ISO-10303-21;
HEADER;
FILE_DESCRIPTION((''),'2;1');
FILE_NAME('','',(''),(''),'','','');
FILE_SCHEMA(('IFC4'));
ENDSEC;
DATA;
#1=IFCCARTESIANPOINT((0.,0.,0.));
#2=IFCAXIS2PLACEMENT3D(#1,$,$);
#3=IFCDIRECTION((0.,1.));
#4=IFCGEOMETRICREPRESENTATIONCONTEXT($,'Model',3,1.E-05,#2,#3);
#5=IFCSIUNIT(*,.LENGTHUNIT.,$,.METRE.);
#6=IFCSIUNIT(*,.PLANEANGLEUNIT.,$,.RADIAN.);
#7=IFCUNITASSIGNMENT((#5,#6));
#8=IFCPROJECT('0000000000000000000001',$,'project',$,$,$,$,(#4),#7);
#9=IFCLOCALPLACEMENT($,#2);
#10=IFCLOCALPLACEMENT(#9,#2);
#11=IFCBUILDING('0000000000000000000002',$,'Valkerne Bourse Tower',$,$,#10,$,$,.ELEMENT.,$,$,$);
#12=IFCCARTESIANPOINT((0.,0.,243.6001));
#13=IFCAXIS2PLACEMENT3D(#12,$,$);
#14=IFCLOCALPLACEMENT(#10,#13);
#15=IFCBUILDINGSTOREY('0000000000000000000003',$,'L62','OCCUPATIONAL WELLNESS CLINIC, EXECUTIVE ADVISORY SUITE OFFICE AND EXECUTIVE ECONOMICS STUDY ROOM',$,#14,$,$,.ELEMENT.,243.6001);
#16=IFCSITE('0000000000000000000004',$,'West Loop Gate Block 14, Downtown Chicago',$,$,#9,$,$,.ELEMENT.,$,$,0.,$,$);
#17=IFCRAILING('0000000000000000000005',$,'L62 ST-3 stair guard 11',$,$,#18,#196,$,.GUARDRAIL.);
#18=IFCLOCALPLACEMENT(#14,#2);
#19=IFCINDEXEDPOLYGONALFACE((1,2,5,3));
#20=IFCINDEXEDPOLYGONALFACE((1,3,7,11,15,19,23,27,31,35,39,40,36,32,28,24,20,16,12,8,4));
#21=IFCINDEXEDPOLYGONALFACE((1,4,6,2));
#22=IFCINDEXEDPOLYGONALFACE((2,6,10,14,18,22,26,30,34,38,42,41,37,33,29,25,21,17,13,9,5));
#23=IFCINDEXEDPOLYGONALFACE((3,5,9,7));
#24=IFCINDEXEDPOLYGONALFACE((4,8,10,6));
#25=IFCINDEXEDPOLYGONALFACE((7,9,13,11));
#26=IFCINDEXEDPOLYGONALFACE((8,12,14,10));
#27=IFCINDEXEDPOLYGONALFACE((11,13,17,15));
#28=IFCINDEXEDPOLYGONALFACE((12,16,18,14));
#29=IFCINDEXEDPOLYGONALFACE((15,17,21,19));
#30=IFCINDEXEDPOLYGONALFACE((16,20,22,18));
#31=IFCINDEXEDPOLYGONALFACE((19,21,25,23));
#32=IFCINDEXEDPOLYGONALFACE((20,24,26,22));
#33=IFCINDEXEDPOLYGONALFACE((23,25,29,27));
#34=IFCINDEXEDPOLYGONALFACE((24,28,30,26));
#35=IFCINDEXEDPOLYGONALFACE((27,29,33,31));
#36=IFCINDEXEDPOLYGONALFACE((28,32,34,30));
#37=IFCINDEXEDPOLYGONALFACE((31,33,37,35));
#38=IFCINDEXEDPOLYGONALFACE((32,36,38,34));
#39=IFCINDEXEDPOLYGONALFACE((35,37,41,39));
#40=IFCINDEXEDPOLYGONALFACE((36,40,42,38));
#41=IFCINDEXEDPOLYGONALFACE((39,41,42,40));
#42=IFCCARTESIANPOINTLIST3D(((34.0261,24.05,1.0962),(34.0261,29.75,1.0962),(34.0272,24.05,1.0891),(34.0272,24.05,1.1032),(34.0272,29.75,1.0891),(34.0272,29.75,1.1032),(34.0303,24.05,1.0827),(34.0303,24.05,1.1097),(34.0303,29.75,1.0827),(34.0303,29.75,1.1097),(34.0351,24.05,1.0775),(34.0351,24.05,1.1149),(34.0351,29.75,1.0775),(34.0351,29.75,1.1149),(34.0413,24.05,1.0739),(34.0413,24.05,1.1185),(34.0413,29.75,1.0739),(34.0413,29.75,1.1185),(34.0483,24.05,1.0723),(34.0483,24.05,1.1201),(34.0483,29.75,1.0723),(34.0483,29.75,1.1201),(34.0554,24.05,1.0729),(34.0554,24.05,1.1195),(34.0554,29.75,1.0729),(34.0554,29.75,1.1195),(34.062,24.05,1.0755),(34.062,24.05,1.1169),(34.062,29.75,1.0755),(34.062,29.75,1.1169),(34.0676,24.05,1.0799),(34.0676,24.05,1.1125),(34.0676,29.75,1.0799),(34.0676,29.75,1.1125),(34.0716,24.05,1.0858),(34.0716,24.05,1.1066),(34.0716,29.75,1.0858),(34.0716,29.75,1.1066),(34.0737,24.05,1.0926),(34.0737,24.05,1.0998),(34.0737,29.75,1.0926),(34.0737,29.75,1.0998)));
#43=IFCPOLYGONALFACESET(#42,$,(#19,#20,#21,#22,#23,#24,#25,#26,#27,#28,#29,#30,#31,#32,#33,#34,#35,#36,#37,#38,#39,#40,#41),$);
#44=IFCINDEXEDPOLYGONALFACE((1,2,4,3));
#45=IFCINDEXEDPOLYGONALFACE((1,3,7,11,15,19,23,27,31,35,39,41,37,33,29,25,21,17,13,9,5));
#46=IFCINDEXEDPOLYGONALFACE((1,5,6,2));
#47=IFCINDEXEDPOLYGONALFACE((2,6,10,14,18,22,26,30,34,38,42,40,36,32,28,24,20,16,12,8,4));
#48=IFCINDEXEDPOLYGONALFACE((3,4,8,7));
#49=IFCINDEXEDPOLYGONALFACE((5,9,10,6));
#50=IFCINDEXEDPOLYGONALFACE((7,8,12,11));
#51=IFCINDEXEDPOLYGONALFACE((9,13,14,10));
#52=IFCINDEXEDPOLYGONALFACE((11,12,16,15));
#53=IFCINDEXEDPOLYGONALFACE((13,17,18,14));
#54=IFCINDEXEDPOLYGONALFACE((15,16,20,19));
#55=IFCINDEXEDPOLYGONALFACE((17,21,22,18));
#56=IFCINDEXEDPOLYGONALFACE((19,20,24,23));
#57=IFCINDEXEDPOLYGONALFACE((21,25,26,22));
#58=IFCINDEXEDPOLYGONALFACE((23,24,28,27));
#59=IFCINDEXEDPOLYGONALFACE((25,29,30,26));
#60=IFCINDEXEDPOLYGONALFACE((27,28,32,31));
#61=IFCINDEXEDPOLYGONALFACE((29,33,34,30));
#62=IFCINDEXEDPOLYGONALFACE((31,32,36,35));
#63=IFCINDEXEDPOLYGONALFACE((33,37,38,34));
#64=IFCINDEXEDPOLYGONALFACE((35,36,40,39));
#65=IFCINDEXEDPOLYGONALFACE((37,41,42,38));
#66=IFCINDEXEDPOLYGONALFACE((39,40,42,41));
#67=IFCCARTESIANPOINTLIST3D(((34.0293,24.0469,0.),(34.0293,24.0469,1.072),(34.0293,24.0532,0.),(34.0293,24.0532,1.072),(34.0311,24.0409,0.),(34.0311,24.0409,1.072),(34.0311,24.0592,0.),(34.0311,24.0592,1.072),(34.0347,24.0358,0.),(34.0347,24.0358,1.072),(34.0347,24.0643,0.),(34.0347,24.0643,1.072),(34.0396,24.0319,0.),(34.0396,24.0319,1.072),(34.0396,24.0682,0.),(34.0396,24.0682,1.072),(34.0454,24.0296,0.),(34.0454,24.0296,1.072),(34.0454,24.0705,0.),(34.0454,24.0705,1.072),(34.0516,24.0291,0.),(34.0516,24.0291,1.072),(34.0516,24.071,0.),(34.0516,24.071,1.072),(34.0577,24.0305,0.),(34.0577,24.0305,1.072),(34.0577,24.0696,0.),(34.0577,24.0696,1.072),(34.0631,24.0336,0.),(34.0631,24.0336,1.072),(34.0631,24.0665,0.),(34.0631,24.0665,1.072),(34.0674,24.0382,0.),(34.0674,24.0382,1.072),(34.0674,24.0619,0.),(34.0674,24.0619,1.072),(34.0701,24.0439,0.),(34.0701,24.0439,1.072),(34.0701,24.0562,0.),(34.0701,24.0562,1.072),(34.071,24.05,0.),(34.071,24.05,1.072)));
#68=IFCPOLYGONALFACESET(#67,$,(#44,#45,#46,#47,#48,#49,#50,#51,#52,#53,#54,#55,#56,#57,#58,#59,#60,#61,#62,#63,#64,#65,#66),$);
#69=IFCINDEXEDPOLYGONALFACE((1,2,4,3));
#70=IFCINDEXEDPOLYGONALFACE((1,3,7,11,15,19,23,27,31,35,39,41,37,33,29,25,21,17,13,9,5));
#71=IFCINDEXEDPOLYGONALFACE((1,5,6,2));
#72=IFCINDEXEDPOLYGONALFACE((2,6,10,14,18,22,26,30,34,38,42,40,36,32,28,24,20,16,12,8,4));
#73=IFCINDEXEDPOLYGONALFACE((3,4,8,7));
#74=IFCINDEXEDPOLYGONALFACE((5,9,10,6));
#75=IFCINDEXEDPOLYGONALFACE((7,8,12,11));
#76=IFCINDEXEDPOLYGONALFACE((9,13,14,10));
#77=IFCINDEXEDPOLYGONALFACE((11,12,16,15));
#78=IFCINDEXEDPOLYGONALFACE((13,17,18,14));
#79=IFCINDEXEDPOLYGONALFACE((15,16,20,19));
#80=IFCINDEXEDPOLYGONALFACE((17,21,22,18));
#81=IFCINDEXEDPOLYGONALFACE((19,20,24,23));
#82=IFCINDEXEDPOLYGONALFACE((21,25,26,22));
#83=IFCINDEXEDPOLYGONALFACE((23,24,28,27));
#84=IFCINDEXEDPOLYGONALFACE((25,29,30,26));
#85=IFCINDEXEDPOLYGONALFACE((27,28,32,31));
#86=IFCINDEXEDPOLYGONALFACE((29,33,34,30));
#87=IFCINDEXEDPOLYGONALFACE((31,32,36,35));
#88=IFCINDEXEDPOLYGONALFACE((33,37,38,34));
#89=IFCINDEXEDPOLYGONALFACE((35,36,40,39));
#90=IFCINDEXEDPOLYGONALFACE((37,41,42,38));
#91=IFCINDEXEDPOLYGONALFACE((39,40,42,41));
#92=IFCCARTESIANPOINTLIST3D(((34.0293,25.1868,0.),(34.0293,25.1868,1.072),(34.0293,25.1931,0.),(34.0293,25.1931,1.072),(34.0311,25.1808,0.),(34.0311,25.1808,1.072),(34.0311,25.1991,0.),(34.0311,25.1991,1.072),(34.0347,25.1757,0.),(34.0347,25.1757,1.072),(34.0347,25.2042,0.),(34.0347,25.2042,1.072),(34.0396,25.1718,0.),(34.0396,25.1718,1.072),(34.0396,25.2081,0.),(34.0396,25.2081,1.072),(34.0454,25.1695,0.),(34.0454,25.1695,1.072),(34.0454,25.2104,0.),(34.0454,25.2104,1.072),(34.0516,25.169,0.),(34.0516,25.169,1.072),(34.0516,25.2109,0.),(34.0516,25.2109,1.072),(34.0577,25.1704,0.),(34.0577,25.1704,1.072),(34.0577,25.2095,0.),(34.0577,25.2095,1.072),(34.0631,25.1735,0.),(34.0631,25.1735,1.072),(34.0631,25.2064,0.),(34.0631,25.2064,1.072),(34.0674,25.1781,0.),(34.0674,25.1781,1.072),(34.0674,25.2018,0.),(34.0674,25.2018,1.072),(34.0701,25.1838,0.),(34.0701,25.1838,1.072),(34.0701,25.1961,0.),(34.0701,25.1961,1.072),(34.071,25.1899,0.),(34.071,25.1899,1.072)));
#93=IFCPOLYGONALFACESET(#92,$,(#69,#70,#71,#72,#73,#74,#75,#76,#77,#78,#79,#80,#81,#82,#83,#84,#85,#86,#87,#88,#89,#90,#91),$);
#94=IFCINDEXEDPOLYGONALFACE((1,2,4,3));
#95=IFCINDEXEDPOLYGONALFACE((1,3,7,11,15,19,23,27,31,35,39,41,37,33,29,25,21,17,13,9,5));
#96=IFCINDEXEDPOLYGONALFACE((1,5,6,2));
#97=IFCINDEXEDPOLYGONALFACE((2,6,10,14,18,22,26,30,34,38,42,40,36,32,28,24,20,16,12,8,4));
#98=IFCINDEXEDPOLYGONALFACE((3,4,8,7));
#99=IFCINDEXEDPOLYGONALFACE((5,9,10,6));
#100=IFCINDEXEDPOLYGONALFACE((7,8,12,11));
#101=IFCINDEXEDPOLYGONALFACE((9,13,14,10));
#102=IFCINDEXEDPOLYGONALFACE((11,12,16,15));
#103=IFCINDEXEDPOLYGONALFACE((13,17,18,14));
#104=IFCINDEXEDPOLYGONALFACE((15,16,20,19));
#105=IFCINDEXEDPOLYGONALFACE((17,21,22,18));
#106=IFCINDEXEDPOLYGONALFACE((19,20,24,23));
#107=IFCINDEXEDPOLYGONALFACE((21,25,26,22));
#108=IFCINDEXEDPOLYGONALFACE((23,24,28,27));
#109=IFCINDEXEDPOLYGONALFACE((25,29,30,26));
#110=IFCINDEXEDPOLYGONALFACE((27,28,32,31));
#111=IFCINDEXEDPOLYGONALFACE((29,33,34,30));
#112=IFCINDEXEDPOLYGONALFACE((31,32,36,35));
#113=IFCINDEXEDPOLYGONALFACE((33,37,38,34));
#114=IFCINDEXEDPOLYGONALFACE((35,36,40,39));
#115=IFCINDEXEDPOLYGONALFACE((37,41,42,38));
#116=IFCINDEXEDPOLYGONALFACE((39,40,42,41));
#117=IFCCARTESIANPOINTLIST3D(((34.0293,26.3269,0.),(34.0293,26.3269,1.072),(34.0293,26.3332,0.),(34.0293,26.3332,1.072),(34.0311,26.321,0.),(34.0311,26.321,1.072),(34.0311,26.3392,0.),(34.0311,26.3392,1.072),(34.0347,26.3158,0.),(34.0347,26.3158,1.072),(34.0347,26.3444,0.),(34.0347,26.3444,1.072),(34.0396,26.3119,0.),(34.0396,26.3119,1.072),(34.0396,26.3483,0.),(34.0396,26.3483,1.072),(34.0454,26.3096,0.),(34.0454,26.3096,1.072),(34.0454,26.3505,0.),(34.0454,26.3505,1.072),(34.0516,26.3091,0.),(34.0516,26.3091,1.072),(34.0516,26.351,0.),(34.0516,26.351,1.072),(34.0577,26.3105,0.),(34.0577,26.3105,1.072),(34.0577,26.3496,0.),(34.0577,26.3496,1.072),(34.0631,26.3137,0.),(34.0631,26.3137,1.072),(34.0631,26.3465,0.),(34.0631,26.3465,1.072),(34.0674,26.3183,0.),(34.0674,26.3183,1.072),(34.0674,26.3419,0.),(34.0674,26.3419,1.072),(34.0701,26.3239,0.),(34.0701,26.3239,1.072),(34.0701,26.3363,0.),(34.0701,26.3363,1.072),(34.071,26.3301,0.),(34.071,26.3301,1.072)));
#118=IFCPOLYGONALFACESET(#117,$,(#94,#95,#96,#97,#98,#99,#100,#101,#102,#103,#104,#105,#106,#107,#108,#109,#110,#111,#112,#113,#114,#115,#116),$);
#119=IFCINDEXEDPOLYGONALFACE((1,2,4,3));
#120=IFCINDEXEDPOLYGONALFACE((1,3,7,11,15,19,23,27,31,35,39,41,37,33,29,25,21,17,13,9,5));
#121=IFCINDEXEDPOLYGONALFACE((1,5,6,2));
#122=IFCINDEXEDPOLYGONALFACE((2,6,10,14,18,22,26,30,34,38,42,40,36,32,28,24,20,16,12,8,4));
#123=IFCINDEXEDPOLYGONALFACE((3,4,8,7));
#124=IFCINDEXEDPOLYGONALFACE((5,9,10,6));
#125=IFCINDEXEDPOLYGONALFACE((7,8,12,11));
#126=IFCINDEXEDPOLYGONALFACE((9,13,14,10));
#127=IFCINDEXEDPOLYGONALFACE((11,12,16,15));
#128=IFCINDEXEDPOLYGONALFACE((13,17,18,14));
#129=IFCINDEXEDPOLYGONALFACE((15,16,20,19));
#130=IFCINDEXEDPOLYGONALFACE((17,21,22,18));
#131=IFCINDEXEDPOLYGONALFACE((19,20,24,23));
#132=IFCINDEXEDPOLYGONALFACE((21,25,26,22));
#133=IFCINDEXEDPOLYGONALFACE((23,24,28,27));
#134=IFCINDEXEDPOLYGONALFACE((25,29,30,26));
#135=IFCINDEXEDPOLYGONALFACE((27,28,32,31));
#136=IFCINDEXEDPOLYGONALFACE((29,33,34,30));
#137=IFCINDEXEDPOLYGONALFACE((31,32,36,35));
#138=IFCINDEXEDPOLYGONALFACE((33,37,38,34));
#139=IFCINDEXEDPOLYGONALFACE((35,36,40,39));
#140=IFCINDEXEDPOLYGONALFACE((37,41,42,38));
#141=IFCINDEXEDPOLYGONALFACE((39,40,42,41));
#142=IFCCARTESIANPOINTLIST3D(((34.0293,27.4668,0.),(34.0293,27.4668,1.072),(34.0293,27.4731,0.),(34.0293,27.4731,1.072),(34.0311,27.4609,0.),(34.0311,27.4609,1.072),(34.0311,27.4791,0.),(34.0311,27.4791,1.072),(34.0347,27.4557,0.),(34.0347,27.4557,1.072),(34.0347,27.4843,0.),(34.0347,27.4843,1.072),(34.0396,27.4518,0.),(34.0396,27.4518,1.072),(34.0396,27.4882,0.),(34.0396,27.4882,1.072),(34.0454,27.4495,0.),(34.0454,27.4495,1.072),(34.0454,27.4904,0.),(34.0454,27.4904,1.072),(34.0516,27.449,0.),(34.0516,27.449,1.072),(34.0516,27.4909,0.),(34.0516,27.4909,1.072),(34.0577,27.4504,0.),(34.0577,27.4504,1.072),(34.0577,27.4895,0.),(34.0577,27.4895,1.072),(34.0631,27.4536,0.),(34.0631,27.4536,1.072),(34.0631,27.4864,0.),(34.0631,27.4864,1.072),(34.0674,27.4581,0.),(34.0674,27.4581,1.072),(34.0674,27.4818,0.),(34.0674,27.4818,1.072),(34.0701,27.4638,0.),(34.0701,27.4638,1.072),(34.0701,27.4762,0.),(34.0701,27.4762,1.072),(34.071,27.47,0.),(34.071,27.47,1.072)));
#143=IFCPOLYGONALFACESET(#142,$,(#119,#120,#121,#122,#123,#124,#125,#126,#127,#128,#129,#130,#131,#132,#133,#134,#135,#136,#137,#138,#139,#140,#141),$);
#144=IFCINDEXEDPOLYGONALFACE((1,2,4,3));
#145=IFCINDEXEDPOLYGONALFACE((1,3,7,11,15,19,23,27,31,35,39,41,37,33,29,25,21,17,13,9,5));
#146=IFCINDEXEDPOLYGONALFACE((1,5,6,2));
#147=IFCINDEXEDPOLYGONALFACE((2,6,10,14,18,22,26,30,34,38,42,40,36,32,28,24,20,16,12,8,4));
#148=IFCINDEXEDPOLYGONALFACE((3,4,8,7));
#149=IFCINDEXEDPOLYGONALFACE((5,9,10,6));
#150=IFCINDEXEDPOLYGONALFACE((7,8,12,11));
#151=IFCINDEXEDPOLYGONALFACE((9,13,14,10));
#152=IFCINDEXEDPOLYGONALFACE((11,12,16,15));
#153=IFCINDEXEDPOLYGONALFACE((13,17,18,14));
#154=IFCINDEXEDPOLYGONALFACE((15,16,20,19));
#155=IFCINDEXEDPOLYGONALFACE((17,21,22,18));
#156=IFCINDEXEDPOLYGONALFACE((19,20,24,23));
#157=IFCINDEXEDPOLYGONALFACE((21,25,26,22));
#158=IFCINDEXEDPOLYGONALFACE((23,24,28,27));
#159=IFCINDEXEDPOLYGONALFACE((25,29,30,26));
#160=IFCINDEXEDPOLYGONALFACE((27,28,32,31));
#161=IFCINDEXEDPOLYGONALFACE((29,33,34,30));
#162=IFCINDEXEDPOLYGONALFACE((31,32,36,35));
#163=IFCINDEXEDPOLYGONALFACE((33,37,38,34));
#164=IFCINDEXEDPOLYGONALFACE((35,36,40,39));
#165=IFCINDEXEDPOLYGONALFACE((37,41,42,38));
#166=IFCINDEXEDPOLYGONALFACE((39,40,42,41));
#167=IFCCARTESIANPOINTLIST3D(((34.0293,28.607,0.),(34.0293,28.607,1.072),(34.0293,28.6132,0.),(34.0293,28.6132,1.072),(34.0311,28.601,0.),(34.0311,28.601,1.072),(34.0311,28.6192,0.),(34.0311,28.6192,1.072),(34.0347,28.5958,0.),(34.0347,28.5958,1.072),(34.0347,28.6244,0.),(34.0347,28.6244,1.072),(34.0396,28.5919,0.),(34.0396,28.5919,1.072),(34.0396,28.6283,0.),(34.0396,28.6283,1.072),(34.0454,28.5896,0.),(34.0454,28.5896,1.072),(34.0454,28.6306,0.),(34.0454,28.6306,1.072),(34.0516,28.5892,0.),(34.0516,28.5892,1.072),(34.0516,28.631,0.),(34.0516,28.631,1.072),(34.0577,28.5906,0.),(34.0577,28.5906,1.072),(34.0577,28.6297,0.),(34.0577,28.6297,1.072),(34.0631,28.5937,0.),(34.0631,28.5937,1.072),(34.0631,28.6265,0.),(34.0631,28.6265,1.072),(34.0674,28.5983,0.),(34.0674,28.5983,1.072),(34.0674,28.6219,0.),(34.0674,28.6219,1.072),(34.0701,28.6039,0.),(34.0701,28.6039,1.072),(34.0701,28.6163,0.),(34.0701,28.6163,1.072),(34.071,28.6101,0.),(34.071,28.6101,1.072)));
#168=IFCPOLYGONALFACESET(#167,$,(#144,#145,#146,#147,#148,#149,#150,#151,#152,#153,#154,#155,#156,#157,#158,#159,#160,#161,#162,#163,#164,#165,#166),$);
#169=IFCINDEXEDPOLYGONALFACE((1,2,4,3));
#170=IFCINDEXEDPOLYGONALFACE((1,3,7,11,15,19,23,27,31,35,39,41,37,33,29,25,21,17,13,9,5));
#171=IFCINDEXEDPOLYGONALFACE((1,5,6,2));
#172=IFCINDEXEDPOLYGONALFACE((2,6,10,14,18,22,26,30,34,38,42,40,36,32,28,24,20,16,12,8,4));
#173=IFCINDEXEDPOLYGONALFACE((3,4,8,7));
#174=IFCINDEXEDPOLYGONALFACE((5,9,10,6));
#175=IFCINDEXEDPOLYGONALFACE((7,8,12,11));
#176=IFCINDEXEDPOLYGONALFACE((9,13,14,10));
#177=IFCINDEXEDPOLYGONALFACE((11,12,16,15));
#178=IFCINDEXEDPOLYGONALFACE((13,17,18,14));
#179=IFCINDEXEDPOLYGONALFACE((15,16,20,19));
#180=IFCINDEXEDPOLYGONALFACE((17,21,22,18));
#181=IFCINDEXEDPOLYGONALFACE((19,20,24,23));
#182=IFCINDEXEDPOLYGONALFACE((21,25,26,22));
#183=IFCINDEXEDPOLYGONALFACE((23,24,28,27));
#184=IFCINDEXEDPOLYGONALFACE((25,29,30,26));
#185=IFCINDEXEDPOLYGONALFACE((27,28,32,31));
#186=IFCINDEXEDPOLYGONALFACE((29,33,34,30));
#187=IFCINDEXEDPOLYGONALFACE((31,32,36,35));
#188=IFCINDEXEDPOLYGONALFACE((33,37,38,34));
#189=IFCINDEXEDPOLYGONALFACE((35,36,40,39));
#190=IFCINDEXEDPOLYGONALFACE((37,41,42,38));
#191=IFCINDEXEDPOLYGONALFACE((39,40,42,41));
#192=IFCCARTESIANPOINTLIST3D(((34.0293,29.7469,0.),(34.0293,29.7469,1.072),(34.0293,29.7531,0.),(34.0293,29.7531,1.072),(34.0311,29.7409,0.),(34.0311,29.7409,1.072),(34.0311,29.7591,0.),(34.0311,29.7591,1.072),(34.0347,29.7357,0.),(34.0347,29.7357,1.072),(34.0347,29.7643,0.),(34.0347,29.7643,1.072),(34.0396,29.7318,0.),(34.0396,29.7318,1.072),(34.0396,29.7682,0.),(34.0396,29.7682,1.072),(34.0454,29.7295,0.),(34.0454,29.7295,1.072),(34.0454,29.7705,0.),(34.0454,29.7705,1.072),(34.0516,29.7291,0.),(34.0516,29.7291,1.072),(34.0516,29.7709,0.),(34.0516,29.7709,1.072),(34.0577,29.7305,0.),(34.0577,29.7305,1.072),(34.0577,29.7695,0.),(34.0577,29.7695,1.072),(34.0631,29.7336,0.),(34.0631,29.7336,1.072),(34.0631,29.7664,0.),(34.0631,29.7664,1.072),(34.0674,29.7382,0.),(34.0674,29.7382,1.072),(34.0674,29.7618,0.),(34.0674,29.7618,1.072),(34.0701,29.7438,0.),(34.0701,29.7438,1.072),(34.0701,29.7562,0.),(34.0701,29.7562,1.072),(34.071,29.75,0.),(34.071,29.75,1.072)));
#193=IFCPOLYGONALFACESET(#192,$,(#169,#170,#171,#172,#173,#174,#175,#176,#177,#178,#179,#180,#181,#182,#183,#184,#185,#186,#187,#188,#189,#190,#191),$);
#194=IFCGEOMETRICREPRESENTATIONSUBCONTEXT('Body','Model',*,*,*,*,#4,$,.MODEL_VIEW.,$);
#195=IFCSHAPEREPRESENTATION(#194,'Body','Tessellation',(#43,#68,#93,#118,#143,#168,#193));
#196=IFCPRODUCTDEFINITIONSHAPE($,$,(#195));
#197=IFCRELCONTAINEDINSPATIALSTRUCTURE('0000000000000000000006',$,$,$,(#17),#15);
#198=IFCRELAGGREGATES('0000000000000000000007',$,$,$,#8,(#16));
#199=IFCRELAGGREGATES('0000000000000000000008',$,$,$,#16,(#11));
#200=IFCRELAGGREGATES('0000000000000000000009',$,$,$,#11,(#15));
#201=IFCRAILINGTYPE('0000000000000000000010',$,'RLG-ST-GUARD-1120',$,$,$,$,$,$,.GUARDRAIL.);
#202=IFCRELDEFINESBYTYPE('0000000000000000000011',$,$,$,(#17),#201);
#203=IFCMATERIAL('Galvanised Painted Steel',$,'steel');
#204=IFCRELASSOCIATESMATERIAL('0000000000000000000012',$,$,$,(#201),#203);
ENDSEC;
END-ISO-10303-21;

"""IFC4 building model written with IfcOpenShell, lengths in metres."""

from ifc_helpers import new_model, si_unit, direction, frame, origin, origin_2d, place, context, subcontext, project, spatial, circle, extrude, material, type_object, element, save


model = new_model("IFC4")

# Units and contexts
model_context = context("Model", 3, precision=1e-05, world=origin(), true_north=direction((0.0, 1.0)))
body_context = subcontext(model_context, "Body", "Model", "MODEL_VIEW")
ifc_project = project(units=[si_unit("LENGTHUNIT", "METRE"), si_unit("PLANEANGLEUNIT", "RADIAN")], contexts=[model_context])

# Site, building, storey
site_placement = place(None, origin())
site = spatial("IfcSite", under=ifc_project, at=site_placement, Name="West Loop Gate Block 14, Downtown Chicago", CompositionType="ELEMENT", RefElevation=0.0)
building_placement = place(site_placement, origin())
building = spatial("IfcBuilding", under=site, at=building_placement, Name="Valkerne Bourse Tower", CompositionType="ELEMENT")
storey_placement = place(building_placement, frame((0.0, 0.0, 243.6001)))
storey = spatial("IfcBuildingStorey", under=building, at=storey_placement, Name="L62", Description="OCCUPATIONAL WELLNESS CLINIC, EXECUTIVE ADVISORY SUITE OFFICE AND EXECUTIVE ECONOMICS STUDY ROOM", CompositionType="ELEMENT", Elevation=243.6001)

# Shared definitions
ifc_material_1 = material(Name="Galvanised Painted Steel", Category="steel")

# Railing
railing_type = type_object("IfcRailingType", Name="RLG-ST-GUARD-1120", PredefinedType="GUARDRAIL", material=ifc_material_1)
railing_1_placement = place(storey_placement, frame((34.05, 24.05, 0.0)))
element("IfcRailing", 1, at=railing_1_placement, inside=storey, type_object=railing_type, Name="L62 ST-3 stair guard 11", PredefinedType="GUARDRAIL", context=body_context, shape_type="SweptSolid", body=[
    extrude(circle(Radius=0.0239, at=origin_2d()), frame((0.0, 0.0, 1.0962), z_axis=(0.0, 1.0, 0.0), x_axis=(-1.0, 0.0, 0.0)), (0.0, 0.0, 1.0), 5.7),
    extrude(circle(Radius=0.021, at=origin_2d()), origin(), (0.0, 0.0, 1.0), 1.072),
    extrude(circle(Radius=0.021, at=origin_2d()), frame((0.0, 1.1399, 0.0)), (0.0, 0.0, 1.0), 1.072),
    extrude(circle(Radius=0.021, at=origin_2d()), frame((0.0, 2.28, 0.0)), (0.0, 0.0, 1.0), 1.072),
    extrude(circle(Radius=0.021, at=origin_2d()), frame((0.0, 3.4199, 0.0)), (0.0, 0.0, 1.0), 1.072),
    extrude(circle(Radius=0.021, at=origin_2d()), frame((0.0, 4.5601, 0.0)), (0.0, 0.0, 1.0), 1.072),
    extrude(circle(Radius=0.021, at=origin_2d()), frame((0.0, 5.7, 0.0)), (0.0, 0.0, 1.0), 1.072),
])

save(model, "model.ifc")
